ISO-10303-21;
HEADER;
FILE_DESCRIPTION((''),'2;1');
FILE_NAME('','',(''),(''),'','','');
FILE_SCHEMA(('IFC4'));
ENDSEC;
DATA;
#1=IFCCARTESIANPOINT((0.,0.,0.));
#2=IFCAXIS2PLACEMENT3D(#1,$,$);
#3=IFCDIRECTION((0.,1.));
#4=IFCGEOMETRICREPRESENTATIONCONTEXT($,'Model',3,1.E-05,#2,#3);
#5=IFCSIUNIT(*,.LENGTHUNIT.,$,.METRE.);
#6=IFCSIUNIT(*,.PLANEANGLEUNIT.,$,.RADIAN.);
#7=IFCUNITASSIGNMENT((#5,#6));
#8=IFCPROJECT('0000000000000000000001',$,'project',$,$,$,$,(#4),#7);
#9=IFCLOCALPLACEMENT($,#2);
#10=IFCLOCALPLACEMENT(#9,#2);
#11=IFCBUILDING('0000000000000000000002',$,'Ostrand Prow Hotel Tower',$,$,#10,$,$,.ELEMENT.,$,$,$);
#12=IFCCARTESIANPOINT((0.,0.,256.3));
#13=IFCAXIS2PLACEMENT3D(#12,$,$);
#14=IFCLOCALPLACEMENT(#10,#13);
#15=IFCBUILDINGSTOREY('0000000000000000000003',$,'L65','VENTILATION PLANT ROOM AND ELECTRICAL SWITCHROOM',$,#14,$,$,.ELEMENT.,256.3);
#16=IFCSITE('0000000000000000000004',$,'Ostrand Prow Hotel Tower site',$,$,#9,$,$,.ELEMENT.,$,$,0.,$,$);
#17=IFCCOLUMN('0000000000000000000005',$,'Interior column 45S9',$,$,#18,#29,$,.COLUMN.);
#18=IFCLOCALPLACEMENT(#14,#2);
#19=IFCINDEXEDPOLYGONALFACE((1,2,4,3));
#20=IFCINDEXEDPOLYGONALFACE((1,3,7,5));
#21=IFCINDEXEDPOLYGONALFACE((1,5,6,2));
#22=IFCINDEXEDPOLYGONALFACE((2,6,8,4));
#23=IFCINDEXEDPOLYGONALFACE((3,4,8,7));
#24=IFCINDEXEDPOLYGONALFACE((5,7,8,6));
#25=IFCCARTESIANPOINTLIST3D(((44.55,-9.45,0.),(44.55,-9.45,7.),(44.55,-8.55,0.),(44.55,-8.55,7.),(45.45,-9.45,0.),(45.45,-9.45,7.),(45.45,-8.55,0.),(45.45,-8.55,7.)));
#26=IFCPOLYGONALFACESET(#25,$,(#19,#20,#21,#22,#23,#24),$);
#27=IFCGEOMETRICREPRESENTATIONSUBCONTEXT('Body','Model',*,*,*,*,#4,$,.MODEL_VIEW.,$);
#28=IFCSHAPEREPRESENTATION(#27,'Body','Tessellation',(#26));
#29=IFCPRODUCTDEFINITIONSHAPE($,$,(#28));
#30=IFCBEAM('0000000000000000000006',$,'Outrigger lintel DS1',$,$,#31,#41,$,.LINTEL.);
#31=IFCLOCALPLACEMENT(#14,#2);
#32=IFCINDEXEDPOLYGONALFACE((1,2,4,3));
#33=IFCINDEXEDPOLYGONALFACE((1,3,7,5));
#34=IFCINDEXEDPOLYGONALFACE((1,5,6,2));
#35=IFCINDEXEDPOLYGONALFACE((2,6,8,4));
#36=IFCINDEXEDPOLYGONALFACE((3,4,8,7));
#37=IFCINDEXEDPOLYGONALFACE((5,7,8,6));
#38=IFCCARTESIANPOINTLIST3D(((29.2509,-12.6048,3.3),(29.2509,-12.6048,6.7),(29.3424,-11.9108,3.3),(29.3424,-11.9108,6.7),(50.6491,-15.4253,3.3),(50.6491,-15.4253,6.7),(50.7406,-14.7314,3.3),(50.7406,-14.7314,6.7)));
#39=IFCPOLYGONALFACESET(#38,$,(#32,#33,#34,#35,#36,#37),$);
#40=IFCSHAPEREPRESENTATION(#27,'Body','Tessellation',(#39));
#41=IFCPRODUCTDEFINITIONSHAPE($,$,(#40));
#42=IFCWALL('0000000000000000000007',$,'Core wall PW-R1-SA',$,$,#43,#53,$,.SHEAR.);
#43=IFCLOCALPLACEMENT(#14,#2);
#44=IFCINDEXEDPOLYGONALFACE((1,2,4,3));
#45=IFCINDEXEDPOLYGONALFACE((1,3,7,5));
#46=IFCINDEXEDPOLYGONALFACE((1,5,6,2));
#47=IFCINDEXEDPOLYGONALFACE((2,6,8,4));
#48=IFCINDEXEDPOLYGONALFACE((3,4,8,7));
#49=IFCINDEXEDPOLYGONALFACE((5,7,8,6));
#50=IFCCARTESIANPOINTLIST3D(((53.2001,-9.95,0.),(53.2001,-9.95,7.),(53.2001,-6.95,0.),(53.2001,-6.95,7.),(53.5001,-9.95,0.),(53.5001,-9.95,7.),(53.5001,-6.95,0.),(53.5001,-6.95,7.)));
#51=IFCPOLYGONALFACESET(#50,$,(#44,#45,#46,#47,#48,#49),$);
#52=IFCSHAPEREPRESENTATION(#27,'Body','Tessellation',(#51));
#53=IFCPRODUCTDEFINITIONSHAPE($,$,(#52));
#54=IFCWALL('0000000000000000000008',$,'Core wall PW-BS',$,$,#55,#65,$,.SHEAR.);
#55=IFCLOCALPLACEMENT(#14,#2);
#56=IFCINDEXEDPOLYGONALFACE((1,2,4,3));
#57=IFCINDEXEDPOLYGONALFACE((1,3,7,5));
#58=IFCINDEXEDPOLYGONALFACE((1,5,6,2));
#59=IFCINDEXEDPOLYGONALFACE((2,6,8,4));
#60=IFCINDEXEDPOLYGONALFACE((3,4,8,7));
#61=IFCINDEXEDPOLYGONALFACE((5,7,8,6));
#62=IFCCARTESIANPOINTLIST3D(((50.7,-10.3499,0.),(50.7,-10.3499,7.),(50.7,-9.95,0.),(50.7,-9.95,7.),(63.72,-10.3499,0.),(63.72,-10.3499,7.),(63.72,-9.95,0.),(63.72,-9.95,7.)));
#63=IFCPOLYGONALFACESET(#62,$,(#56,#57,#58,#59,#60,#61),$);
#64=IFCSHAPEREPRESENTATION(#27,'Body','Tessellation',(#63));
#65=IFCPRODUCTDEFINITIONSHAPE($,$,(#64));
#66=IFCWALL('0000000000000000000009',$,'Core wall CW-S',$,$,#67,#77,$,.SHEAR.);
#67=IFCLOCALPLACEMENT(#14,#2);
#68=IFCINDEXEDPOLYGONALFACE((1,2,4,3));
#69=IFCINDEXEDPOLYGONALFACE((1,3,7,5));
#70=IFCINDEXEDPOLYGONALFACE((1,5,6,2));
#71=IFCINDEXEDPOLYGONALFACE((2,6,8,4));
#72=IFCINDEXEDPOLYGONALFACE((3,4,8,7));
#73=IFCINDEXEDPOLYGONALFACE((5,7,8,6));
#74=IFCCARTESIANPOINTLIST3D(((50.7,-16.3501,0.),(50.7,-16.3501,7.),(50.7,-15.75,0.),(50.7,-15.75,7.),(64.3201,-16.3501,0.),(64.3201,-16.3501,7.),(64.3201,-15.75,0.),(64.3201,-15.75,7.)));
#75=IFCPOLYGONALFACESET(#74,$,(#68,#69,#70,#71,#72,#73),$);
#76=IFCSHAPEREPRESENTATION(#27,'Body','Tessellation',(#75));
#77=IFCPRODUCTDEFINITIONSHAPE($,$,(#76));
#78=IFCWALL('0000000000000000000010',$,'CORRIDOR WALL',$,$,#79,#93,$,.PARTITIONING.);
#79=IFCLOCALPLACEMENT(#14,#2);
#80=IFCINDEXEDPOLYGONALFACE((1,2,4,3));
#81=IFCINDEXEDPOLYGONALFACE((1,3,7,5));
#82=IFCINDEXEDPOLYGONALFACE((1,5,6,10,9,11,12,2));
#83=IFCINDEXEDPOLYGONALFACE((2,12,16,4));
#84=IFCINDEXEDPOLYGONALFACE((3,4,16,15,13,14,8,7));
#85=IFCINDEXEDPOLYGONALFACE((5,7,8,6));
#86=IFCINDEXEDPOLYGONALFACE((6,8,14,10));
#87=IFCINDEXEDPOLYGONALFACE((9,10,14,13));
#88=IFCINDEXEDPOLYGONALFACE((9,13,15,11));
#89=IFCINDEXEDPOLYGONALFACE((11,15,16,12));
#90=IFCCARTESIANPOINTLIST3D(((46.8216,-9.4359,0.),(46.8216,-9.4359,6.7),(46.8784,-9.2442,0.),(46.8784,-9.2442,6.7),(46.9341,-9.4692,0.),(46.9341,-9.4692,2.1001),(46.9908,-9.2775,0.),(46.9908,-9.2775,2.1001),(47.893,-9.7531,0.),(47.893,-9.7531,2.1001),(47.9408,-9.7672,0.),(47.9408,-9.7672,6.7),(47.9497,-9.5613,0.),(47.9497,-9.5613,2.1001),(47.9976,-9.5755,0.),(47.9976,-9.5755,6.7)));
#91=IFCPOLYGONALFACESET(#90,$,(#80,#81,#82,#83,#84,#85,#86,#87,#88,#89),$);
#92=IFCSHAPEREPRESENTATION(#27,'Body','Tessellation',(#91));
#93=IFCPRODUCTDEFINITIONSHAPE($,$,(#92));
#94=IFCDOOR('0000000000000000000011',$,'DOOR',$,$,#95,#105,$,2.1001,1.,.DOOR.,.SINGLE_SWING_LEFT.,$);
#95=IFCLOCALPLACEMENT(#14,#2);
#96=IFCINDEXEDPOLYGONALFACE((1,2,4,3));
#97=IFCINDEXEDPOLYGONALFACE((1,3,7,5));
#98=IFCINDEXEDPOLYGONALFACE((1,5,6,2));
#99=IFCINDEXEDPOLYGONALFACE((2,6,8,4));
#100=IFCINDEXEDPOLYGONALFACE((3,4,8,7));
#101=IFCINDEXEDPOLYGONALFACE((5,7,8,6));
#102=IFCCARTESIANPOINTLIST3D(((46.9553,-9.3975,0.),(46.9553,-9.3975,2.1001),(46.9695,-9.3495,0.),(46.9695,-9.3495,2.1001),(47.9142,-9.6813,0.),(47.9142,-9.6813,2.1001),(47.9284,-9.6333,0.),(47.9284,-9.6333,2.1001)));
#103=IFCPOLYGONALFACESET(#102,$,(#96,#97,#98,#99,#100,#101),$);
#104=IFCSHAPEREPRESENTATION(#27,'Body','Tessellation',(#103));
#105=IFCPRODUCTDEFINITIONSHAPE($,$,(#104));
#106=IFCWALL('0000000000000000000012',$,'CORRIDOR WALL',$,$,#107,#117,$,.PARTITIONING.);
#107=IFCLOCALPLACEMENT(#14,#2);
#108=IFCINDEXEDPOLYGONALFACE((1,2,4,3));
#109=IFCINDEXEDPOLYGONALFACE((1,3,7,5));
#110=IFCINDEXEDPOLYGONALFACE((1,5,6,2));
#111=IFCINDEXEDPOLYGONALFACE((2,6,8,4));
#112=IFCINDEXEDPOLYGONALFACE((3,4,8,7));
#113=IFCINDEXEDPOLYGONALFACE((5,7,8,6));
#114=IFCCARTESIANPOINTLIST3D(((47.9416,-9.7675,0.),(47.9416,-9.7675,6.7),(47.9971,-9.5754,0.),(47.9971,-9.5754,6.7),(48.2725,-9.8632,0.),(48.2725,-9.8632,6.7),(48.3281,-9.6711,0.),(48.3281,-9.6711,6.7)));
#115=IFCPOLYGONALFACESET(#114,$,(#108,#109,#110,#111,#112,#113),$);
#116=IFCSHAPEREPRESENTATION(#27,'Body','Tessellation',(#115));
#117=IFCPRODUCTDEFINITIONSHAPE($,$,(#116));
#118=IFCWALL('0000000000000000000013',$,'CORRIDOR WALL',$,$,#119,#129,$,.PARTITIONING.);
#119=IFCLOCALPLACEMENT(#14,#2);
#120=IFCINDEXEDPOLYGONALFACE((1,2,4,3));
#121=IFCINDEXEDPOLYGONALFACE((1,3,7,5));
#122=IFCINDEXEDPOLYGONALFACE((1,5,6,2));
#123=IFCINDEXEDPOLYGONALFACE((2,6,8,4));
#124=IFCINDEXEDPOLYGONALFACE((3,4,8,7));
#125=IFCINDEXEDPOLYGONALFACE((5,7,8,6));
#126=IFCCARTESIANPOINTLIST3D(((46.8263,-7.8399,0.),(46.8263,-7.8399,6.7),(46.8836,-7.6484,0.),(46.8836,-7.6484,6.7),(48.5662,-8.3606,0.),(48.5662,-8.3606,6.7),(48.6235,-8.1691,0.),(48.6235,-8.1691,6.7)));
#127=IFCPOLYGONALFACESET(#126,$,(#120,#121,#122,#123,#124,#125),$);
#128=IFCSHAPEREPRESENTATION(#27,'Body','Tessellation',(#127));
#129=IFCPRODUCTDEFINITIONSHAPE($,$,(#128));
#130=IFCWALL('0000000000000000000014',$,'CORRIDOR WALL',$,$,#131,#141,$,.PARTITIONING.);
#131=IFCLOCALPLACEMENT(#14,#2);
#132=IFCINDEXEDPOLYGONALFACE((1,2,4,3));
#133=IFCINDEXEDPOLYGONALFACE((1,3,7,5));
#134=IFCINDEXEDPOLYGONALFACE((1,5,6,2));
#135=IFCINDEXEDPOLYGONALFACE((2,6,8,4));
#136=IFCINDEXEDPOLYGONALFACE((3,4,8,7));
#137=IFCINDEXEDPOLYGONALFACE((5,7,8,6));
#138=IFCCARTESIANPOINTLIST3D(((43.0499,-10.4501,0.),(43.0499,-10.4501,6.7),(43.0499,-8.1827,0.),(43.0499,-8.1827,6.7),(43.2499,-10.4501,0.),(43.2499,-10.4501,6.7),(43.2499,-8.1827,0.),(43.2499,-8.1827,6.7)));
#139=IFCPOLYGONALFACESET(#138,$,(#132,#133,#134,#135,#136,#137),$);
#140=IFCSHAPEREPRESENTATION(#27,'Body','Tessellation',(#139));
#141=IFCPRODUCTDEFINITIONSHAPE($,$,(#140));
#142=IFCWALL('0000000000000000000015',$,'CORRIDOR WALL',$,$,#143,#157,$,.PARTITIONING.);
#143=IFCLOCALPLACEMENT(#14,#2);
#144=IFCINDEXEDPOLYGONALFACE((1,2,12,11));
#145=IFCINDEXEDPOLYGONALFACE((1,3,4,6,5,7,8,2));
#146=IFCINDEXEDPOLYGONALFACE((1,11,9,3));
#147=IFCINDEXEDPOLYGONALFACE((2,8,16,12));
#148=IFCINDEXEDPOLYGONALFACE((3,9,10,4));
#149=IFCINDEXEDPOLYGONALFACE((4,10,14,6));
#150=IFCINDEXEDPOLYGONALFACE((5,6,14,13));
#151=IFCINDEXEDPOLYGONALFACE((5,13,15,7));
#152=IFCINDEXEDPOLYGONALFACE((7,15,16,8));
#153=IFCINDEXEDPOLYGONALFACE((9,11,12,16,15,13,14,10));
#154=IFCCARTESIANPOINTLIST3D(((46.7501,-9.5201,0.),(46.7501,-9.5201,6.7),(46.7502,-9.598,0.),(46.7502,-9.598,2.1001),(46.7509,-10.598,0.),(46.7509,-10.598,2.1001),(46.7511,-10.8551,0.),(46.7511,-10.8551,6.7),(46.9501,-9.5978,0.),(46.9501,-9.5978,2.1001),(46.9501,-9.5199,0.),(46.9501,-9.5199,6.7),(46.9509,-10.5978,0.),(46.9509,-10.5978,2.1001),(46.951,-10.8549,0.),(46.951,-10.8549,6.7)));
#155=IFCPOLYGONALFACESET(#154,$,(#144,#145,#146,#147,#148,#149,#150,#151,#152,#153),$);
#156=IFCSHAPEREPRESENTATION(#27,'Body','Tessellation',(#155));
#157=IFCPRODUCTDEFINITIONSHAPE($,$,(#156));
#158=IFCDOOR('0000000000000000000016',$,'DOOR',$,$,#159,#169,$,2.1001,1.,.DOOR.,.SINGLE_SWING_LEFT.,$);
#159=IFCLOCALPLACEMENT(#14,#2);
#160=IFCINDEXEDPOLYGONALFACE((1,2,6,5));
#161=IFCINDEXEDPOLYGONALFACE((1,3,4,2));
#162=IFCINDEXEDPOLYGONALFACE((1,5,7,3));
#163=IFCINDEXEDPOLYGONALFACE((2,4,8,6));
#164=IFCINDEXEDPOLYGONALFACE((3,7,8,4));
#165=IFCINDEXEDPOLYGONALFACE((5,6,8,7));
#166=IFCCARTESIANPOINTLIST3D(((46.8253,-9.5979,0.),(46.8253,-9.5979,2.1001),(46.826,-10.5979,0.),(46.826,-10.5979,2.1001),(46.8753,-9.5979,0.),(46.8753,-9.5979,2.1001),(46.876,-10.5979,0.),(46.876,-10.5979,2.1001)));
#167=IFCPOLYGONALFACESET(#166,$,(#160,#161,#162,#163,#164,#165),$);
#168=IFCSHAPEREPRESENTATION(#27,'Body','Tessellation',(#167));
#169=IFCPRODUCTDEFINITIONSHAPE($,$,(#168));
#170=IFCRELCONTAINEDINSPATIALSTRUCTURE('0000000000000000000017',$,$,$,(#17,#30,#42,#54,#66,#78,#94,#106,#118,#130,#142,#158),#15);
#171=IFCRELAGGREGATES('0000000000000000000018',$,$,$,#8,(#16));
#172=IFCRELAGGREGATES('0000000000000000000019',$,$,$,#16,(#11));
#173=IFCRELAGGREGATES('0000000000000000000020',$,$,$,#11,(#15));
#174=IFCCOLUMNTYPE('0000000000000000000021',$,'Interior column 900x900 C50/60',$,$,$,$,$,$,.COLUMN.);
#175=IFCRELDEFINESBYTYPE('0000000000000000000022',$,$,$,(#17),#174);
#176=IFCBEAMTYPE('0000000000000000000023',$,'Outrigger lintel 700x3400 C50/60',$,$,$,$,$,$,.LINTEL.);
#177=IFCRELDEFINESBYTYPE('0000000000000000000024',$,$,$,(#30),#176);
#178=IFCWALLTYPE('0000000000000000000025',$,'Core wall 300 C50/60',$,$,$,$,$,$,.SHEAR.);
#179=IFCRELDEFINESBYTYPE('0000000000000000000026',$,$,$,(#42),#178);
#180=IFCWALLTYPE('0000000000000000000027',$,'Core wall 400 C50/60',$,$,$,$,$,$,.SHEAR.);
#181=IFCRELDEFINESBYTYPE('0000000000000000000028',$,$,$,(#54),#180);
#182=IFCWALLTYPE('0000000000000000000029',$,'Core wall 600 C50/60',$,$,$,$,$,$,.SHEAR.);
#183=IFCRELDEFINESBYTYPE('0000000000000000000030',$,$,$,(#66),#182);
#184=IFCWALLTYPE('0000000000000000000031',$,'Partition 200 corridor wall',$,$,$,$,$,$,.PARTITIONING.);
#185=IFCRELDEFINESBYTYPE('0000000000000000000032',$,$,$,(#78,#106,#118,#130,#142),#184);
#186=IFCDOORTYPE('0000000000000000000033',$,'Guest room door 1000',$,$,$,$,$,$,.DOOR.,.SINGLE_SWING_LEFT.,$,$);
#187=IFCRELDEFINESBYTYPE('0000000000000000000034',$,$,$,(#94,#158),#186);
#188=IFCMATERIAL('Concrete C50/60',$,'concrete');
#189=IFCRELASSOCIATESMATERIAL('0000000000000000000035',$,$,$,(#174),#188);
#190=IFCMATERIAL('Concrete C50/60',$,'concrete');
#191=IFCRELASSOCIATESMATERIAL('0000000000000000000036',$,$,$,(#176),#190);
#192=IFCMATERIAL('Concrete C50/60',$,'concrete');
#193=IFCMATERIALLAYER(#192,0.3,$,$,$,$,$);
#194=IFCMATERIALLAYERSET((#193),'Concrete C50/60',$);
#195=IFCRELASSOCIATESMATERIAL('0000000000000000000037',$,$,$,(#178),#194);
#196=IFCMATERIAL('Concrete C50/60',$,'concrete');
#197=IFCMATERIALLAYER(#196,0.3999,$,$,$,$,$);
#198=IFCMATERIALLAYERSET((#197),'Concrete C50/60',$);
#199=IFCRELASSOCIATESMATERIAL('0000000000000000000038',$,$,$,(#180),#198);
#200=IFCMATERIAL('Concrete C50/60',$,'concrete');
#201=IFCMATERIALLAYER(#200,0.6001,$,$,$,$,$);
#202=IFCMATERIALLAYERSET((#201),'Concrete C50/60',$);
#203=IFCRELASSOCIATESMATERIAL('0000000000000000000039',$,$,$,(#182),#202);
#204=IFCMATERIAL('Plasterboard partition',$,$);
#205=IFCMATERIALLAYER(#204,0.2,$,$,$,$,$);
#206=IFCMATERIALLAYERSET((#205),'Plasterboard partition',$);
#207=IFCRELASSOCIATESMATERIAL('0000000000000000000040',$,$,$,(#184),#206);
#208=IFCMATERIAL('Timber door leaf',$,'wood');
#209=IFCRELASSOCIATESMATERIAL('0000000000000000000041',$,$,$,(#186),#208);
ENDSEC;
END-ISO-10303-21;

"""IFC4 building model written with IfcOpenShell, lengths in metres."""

from ifc_helpers import new_model, si_unit, direction, frame, frame_2d, origin, origin_2d, place, context, subcontext, project, spatial, rectangle, extrude, material, layer, layer_set, material_profile, profile_set, type_object, element, fill, save


model = new_model("IFC4")

# Units and contexts
model_context = context("Model", 3, precision=1e-05, world=origin(), true_north=direction((0.0, 1.0)))
body_context = subcontext(model_context, "Body", "Model", "MODEL_VIEW")
ifc_project = project(units=[si_unit("LENGTHUNIT", "METRE"), si_unit("PLANEANGLEUNIT", "RADIAN")], contexts=[model_context])

# Site, building, storey
site_placement = place(None, origin())
site = spatial("IfcSite", under=ifc_project, at=site_placement, Name="Ostrand Prow Hotel Tower site", CompositionType="ELEMENT", RefElevation=0.0)
building_placement = place(site_placement, origin())
building = spatial("IfcBuilding", under=site, at=building_placement, Name="Ostrand Prow Hotel Tower", CompositionType="ELEMENT")
storey_placement = place(building_placement, frame((0.0, 0.0, 256.3)))
storey = spatial("IfcBuildingStorey", under=building, at=storey_placement, Name="L65", Description="VENTILATION PLANT ROOM AND ELECTRICAL SWITCHROOM", CompositionType="ELEMENT", Elevation=256.3)

# Column
ifc_material_1 = material(Name="Concrete C50/60", Category="concrete")
ifc_material_profile_1 = material_profile(ifc_material_1, rectangle(XDim=0.8999, YDim=0.8999, at=origin_2d()), Name="RC 900x900")
ifc_profile_set_1 = profile_set([ifc_material_profile_1], Name="Concrete C50/60")
column_type = type_object("IfcColumnType", Name="Interior column 900x900 C50/60", PredefinedType="COLUMN", material=ifc_profile_set_1)
column_placement = place(storey_placement, frame((45.0, -9.0, 0.0), z_axis=(0.0, 0.0, 1.0), x_axis=(1.0, 0.0, 0.0)))
element("IfcColumn", 1, at=column_placement, inside=storey, type_object=column_type, Name="Interior column 45S9", PredefinedType="COLUMN", context=body_context, shape_type="SweptSolid", body=[
    extrude(rectangle(XDim=0.8999, YDim=0.8999, at=origin_2d()), origin(), (0.0, 0.0, 1.0), 7.0),
])

# Beam
ifc_material_2 = material(Name="Concrete C50/60", Category="concrete")
ifc_material_profile_2 = material_profile(ifc_material_2, rectangle(XDim=0.7, YDim=3.3999, at=origin_2d()), Name="RC 700x3400")
ifc_profile_set_2 = profile_set([ifc_material_profile_2], Name="Concrete C50/60")
beam_type = type_object("IfcBeamType", Name="Outrigger lintel 700x3400 C50/60", PredefinedType="LINTEL", material=ifc_profile_set_2)
beam_placement = place(storey_placement, frame((50.6948, -15.0784, 5.0), z_axis=(-0.991424, 0.130682, 0.0), x_axis=(-0.130682, -0.991424, 0.0)))
element("IfcBeam", 2, at=beam_placement, inside=storey, type_object=beam_type, Name="Outrigger lintel DS1", PredefinedType="LINTEL", context=body_context, shape_type="SweptSolid", body=[
    extrude(rectangle(XDim=0.7, YDim=3.3999, at=origin_2d()), origin(), (0.0, 0.0, 1.0), 21.5833),
])

# Walls
ifc_material_3 = material(Name="Concrete C50/60", Category="concrete")
ifc_layer_1 = layer(ifc_material_3, 0.3)
ifc_layer_set_1 = layer_set([ifc_layer_1], Name="Concrete C50/60")
wall_type_1 = type_object("IfcWallType", Name="Core wall 300 C50/60", PredefinedType="SHEAR", material=ifc_layer_set_1)
wall_1_placement = place(storey_placement, frame((53.3501, -9.95, 0.0), z_axis=(0.0, 0.0, 1.0), x_axis=(0.0, 1.0, 0.0)))
element("IfcWall", 3, at=wall_1_placement, inside=storey, type_object=wall_type_1, Name="Core wall PW-R1-SA", PredefinedType="SHEAR", context=body_context, shape_type="SweptSolid", body=[
    extrude(rectangle(XDim=3.0, YDim=0.3, at=frame_2d((1.5, 0.0))), origin(), (0.0, 0.0, 1.0), 7.0),
])
ifc_material_4 = material(Name="Concrete C50/60", Category="concrete")
ifc_layer_2 = layer(ifc_material_4, 0.3999)
ifc_layer_set_2 = layer_set([ifc_layer_2], Name="Concrete C50/60")
wall_type_2 = type_object("IfcWallType", Name="Core wall 400 C50/60", PredefinedType="SHEAR", material=ifc_layer_set_2)
wall_2_placement = place(storey_placement, frame((50.7, -10.1499, 0.0), z_axis=(0.0, 0.0, 1.0), x_axis=(1.0, 0.0, 0.0)))
element("IfcWall", 4, at=wall_2_placement, inside=storey, type_object=wall_type_2, Name="Core wall PW-BS", PredefinedType="SHEAR", context=body_context, shape_type="SweptSolid", body=[
    extrude(rectangle(XDim=13.02, YDim=0.3999, at=frame_2d((6.51, 0.0))), origin(), (0.0, 0.0, 1.0), 7.0),
])
ifc_material_5 = material(Name="Concrete C50/60", Category="concrete")
ifc_layer_3 = layer(ifc_material_5, 0.6001)
ifc_layer_set_3 = layer_set([ifc_layer_3], Name="Concrete C50/60")
wall_type_3 = type_object("IfcWallType", Name="Core wall 600 C50/60", PredefinedType="SHEAR", material=ifc_layer_set_3)
wall_3_placement = place(storey_placement, frame((50.7, -16.05, 0.0), z_axis=(0.0, 0.0, 1.0), x_axis=(1.0, 0.0, 0.0)))
element("IfcWall", 5, at=wall_3_placement, inside=storey, type_object=wall_type_3, Name="Core wall CW-S", PredefinedType="SHEAR", context=body_context, shape_type="SweptSolid", body=[
    extrude(rectangle(XDim=13.6201, YDim=0.6001, at=frame_2d((6.8101, 0.0))), origin(), (0.0, 0.0, 1.0), 7.0),
])

# Wall, opening, door
ifc_material_6 = material(Name="Plasterboard partition")
ifc_layer_4 = layer(ifc_material_6, 0.2)
ifc_layer_set_4 = layer_set([ifc_layer_4], Name="Plasterboard partition")
wall_type_4 = type_object("IfcWallType", Name="Partition 200 corridor wall", PredefinedType="PARTITIONING", material=ifc_layer_set_4)
wall_4_placement = place(storey_placement, frame((46.8501, -9.3401, 0.0), z_axis=(0.0, 0.0, 1.0), x_axis=(0.958868, -0.283853, 0.0)))
wall_4 = element("IfcWall", 6, at=wall_4_placement, inside=storey, type_object=wall_type_4, Name="CORRIDOR WALL", PredefinedType="PARTITIONING", context=body_context, shape_type="SweptSolid", body=[
    extrude(rectangle(XDim=1.1672, YDim=0.2, at=frame_2d((0.5835, 0.0))), origin(), (0.0, 0.0, 1.0), 6.7),
])
opening_1_placement = place(wall_4_placement, frame((0.1172, 0.0, 0.0)))
opening_1 = element("IfcOpeningElement", 7, at=opening_1_placement, cuts=wall_4, PredefinedType="OPENING", context=body_context, shape_type="SweptSolid", body=[
    extrude(rectangle(XDim=1.0, YDim=2.1001, at=frame_2d((0.5, 1.05))), frame((0.0, 0.1099, 0.0), z_axis=(0.0, -1.0, 0.0), x_axis=(1.0, 0.0, 0.0)), (0.0, 0.0, 1.0), 0.22),
])
ifc_material_7 = material(Name="Timber door leaf", Category="wood")
door_type = type_object("IfcDoorType", Name="Guest room door 1000", OperationType="SINGLE_SWING_LEFT", PredefinedType="DOOR", material=ifc_material_7)
door_1_placement = place(opening_1_placement, origin())
door_1 = element("IfcDoor", 8, at=door_1_placement, inside=storey, type_object=door_type, Name="DOOR", OperationType="SINGLE_SWING_LEFT", OverallHeight=2.1001, OverallWidth=1.0, PredefinedType="DOOR", context=body_context, shape_type="SweptSolid", body=[
    extrude(rectangle(XDim=1.0, YDim=2.1001, at=frame_2d((0.5, 1.05))), frame((0.0, 0.0249, 0.0), z_axis=(0.0, -1.0, 0.0), x_axis=(1.0, 0.0, 0.0)), (0.0, 0.0, 1.0), 0.05),
])
fill(opening_1, door_1)

# Walls
wall_5_placement = place(storey_placement, frame((47.9692, -9.6714, 0.0), z_axis=(0.0, 0.0, 1.0), x_axis=(0.960609, -0.277903, 0.0)))
element("IfcWall", 9, at=wall_5_placement, inside=storey, type_object=wall_type_4, Name="CORRIDOR WALL", PredefinedType="PARTITIONING", context=body_context, shape_type="SweptSolid", body=[
    extrude(rectangle(XDim=0.3445, YDim=0.2, at=frame_2d((0.1724, 0.0))), origin(), (0.0, 0.0, 1.0), 6.7),
])
wall_6_placement = place(storey_placement, frame((48.595, -8.2649, 0.0), z_axis=(0.0, 0.0, 1.0), x_axis=(-0.958015, 0.286719, 0.0)))
element("IfcWall", 10, at=wall_6_placement, inside=storey, type_object=wall_type_4, Name="CORRIDOR WALL", PredefinedType="PARTITIONING", context=body_context, shape_type="SweptSolid", body=[
    extrude(rectangle(XDim=1.8162, YDim=0.2, at=frame_2d((0.9082, 0.0))), origin(), (0.0, 0.0, 1.0), 6.7),
])
wall_7_placement = place(storey_placement, frame((43.1499, -8.1826, 0.0), z_axis=(0.0, 0.0, 1.0), x_axis=(0.0, -1.0, 0.0)))
element("IfcWall", 11, at=wall_7_placement, inside=storey, type_object=wall_type_4, Name="CORRIDOR WALL", PredefinedType="PARTITIONING", context=body_context, shape_type="SweptSolid", body=[
    extrude(rectangle(XDim=2.2673, YDim=0.2, at=frame_2d((1.1338, 0.0))), origin(), (0.0, 0.0, 1.0), 6.7),
])

# Wall, opening, door
wall_8_placement = place(storey_placement, frame((46.8511, -10.855, 0.0), z_axis=(0.0, 0.0, 1.0), x_axis=(-0.000732, 1.0, 0.0)))
wall_8 = element("IfcWall", 12, at=wall_8_placement, inside=storey, type_object=wall_type_4, Name="CORRIDOR WALL", PredefinedType="PARTITIONING", context=body_context, shape_type="SweptSolid", body=[
    extrude(rectangle(XDim=1.335, YDim=0.2, at=frame_2d((0.6675, 0.0))), origin(), (0.0, 0.0, 1.0), 6.7),
])
opening_2_placement = place(wall_8_placement, frame((0.2571, 0.0, 0.0)))
opening_2 = element("IfcOpeningElement", 13, at=opening_2_placement, cuts=wall_8, PredefinedType="OPENING", context=body_context, shape_type="SweptSolid", body=[
    extrude(rectangle(XDim=1.0, YDim=2.1001, at=frame_2d((0.5, 1.05))), frame((0.0, 0.1099, 0.0), z_axis=(0.0, -1.0, 0.0), x_axis=(1.0, 0.0, 0.0)), (0.0, 0.0, 1.0), 0.22),
])
door_2_placement = place(opening_2_placement, origin())
door_2 = element("IfcDoor", 14, at=door_2_placement, inside=storey, type_object=door_type, Name="DOOR", OperationType="SINGLE_SWING_LEFT", OverallHeight=2.1001, OverallWidth=1.0, PredefinedType="DOOR", context=body_context, shape_type="SweptSolid", body=[
    extrude(rectangle(XDim=1.0, YDim=2.1001, at=frame_2d((0.5, 1.05))), frame((0.0, 0.0249, 0.0), z_axis=(0.0, -1.0, 0.0), x_axis=(1.0, 0.0, 0.0)), (0.0, 0.0, 1.0), 0.05),
])
fill(opening_2, door_2)

save(model, "model.ifc")
